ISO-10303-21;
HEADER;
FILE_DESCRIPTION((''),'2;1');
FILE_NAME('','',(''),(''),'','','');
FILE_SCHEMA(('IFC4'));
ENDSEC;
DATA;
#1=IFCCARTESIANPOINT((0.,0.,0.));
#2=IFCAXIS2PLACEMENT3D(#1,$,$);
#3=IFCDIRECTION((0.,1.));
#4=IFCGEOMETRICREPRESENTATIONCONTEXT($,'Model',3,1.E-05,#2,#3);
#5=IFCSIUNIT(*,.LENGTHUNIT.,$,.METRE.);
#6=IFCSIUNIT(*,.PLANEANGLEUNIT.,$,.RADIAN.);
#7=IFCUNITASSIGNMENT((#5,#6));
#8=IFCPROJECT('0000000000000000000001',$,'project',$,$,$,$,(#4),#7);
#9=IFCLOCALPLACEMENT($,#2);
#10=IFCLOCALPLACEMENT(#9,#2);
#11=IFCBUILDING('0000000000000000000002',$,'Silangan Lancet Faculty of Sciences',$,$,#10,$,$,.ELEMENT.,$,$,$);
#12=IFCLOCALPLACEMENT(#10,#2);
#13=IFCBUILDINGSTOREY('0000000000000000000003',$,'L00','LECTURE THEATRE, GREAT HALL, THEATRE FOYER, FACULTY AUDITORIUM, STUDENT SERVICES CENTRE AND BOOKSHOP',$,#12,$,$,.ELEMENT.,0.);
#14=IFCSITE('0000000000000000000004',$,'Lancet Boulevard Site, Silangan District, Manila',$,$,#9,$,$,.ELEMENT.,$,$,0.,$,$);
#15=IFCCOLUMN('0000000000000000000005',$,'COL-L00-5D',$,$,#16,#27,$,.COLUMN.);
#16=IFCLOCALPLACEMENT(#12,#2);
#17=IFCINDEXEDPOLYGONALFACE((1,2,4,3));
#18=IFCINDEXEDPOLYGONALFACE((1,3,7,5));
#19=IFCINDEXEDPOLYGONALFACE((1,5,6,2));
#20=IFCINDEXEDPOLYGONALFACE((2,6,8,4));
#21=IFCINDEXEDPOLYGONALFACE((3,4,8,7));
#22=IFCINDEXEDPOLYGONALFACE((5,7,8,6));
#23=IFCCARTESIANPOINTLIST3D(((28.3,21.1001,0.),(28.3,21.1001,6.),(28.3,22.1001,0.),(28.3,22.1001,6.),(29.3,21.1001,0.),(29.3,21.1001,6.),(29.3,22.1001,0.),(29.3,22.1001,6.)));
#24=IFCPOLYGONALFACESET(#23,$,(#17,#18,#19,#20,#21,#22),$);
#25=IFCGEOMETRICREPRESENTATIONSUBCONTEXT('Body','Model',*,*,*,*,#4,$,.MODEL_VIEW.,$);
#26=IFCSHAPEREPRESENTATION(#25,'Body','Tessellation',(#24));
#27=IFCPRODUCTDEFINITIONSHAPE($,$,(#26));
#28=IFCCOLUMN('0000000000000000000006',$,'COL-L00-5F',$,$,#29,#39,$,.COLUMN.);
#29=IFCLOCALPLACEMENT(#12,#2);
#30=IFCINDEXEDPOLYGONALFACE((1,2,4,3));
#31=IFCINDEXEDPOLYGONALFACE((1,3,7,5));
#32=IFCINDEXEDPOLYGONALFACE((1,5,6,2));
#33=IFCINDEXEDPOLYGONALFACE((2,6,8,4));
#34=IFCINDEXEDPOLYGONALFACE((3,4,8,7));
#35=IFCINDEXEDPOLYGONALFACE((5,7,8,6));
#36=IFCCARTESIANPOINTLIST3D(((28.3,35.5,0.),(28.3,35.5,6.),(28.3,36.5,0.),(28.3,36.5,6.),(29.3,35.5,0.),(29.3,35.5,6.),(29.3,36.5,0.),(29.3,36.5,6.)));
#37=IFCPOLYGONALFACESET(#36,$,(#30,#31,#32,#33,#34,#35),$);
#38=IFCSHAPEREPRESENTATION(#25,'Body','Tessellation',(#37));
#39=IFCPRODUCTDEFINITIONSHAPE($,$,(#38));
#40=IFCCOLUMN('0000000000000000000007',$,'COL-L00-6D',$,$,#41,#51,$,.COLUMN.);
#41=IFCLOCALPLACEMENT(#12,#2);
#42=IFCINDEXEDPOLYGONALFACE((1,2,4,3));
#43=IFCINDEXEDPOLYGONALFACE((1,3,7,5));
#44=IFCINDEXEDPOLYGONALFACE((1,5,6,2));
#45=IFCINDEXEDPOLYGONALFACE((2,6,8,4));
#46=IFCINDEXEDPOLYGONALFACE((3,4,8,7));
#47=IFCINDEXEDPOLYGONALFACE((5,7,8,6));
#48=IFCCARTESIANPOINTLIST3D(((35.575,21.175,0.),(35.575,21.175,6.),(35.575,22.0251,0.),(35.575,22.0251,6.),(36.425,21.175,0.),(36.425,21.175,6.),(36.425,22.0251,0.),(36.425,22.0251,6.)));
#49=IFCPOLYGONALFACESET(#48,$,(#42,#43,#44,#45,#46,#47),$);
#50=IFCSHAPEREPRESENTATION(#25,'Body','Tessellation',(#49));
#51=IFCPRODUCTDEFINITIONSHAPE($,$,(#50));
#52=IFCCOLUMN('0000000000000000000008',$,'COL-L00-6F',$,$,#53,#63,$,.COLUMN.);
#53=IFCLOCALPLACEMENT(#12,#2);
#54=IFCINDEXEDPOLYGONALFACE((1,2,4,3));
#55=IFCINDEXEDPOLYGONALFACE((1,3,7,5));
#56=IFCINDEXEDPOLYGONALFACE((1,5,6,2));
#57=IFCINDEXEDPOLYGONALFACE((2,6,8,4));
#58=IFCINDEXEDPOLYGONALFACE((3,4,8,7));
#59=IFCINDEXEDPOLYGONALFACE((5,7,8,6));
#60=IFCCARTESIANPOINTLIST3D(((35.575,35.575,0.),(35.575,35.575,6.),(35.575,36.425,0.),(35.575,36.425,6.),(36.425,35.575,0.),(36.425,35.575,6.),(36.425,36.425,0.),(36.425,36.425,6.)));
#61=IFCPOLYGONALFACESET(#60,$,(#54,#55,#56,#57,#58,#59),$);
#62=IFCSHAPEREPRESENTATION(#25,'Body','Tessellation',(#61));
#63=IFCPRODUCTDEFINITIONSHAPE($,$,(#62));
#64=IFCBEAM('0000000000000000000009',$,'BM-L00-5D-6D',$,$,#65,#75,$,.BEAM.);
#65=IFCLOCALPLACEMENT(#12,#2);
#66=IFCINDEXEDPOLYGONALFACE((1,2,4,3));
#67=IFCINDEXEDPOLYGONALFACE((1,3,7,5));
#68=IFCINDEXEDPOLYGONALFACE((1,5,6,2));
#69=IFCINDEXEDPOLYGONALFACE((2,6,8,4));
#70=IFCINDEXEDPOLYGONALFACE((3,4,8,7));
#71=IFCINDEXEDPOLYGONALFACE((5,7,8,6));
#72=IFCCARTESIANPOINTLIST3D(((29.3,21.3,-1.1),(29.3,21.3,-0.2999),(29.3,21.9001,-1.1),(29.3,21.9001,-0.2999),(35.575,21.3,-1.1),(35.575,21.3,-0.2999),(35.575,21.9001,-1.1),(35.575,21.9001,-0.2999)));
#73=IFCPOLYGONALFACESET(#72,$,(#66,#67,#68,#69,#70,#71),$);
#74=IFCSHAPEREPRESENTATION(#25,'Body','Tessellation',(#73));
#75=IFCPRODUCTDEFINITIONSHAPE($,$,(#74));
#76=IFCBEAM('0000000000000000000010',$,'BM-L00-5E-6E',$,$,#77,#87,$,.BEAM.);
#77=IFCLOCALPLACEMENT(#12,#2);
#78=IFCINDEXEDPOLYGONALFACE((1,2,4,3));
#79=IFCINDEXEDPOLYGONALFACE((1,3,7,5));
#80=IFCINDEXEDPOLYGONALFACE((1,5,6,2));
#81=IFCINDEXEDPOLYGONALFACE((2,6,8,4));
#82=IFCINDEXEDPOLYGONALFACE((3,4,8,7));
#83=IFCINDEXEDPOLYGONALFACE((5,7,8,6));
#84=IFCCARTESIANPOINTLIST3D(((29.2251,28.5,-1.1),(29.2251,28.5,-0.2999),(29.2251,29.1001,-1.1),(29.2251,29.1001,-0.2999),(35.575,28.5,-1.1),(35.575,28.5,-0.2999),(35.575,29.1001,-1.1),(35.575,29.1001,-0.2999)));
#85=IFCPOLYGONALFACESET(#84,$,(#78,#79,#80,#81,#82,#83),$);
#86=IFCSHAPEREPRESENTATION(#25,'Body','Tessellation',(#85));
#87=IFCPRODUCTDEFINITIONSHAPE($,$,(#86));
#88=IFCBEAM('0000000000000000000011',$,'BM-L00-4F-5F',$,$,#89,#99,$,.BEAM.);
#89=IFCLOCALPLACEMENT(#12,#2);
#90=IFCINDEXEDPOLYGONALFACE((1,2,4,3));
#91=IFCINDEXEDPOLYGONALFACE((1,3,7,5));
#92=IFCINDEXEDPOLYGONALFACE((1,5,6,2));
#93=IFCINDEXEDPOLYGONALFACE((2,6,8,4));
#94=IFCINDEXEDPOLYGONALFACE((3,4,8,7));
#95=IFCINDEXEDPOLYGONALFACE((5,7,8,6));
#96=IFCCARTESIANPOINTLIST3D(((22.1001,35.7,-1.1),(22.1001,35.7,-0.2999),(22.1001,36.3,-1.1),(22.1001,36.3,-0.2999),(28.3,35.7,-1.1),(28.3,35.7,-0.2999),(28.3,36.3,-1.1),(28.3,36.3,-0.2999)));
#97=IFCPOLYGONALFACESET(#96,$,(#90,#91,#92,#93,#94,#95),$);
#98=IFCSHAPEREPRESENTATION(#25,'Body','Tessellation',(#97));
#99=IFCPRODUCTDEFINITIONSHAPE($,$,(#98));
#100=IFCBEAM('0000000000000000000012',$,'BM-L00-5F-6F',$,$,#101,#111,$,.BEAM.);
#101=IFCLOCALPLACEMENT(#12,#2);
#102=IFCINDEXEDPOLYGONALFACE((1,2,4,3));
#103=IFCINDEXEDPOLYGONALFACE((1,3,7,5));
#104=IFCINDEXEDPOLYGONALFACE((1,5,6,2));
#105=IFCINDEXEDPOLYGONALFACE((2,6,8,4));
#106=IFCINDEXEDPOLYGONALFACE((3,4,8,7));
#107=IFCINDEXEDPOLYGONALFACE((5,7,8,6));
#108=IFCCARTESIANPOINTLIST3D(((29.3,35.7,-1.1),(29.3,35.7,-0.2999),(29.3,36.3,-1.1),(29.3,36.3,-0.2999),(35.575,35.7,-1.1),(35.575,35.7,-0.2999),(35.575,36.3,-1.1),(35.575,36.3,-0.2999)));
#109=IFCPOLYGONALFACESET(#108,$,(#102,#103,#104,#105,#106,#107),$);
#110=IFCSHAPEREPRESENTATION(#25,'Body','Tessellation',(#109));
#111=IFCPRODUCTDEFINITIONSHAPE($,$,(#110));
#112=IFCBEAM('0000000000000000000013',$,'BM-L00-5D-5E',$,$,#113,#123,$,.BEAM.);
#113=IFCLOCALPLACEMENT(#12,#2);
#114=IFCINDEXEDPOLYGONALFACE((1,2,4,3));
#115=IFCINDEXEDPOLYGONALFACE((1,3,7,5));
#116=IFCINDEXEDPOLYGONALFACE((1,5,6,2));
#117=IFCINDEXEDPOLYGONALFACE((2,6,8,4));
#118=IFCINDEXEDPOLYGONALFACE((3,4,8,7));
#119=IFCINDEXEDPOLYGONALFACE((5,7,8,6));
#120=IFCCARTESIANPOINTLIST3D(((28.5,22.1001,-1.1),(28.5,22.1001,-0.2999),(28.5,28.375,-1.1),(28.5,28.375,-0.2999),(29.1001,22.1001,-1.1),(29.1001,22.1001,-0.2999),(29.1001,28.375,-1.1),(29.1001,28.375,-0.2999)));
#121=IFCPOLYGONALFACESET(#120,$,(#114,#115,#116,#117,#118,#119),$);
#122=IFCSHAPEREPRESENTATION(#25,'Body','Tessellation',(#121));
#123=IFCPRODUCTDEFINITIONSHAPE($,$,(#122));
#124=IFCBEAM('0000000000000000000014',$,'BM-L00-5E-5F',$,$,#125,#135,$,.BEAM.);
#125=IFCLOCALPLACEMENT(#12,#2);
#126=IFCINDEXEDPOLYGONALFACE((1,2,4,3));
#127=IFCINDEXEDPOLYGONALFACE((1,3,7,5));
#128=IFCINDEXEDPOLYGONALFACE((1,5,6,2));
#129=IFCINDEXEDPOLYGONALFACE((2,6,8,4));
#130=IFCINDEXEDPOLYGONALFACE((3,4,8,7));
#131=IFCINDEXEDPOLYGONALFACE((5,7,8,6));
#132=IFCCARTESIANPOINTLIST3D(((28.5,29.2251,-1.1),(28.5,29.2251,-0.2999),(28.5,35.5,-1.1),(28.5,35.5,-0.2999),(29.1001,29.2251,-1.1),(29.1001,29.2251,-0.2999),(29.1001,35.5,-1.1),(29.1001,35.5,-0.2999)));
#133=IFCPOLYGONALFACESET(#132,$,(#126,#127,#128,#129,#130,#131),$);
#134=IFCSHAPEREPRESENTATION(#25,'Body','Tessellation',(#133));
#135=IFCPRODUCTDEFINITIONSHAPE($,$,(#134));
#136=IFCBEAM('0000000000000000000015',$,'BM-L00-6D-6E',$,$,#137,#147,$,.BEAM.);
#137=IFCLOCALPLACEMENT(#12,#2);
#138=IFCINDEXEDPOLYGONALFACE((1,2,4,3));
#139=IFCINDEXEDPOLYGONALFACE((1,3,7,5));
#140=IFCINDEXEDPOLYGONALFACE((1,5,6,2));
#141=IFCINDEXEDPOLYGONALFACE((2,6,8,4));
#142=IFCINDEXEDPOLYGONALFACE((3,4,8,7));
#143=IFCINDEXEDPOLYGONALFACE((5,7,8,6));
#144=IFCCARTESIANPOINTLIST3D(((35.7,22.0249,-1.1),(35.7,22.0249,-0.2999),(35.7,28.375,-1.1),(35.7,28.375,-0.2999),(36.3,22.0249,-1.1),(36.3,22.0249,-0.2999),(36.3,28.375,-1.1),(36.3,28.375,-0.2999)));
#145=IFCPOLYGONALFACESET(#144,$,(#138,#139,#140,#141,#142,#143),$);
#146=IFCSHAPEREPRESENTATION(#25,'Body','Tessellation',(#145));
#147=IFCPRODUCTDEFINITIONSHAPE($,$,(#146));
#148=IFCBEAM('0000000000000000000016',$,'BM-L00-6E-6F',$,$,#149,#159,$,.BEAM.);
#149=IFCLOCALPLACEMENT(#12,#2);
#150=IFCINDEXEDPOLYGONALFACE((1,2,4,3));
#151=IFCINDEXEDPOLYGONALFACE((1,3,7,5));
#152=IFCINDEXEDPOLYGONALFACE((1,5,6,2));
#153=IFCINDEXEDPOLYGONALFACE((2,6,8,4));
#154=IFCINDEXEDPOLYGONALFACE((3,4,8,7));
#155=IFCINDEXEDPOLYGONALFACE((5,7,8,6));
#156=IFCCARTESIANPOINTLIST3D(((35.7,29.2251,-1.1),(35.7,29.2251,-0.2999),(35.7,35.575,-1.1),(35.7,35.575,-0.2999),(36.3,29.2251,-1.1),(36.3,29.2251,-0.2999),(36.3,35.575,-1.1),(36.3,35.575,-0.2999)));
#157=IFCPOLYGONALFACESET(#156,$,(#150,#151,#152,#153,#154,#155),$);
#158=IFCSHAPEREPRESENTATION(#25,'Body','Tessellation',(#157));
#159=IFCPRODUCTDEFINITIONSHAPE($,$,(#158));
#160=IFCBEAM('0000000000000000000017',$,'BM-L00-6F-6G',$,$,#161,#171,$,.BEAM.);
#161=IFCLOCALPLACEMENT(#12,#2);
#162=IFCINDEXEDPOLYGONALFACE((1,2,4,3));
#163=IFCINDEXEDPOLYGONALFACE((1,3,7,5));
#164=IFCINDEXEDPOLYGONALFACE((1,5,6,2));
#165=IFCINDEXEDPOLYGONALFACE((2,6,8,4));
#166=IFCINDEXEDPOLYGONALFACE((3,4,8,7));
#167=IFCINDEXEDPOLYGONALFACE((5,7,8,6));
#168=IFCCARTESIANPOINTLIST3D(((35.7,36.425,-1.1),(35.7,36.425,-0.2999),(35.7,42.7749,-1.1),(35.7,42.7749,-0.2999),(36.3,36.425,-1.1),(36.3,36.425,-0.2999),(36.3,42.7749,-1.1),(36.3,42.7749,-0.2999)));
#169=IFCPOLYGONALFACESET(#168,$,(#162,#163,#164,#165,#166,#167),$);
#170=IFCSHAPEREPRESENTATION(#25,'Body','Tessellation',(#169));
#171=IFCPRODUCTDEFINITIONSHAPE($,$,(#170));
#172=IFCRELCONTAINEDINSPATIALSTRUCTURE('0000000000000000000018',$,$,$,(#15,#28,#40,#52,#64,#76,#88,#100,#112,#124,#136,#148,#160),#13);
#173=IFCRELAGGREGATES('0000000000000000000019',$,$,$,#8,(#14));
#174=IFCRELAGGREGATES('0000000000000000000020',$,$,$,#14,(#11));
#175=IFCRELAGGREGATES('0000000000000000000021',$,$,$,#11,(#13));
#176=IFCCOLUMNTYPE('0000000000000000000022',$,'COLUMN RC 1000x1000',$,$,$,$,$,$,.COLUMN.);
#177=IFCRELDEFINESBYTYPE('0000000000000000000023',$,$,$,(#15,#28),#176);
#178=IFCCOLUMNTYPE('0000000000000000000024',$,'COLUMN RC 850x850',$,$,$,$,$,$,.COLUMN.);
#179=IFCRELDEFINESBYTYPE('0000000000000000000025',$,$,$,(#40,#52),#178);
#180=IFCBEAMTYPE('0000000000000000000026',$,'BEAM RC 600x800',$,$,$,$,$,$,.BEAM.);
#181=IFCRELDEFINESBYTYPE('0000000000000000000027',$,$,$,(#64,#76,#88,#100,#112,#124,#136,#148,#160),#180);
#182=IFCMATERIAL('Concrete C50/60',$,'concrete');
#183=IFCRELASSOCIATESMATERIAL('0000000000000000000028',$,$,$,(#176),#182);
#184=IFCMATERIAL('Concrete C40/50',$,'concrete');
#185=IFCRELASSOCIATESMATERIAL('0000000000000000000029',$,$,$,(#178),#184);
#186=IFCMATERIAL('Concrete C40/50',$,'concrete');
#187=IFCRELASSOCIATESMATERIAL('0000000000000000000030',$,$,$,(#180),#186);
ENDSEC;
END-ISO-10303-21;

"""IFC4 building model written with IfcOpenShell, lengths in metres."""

from ifc_helpers import new_model, si_unit, direction, frame, origin, origin_2d, place, context, subcontext, project, spatial, rectangle, extrude, material, material_profile, profile_set, type_object, element, save


model = new_model("IFC4")

# Units and contexts
model_context = context("Model", 3, precision=1e-05, world=origin(), true_north=direction((0.0, 1.0)))
body_context = subcontext(model_context, "Body", "Model", "MODEL_VIEW")
ifc_project = project(units=[si_unit("LENGTHUNIT", "METRE"), si_unit("PLANEANGLEUNIT", "RADIAN")], contexts=[model_context])

# Site, building, storey
site_placement = place(None, origin())
site = spatial("IfcSite", under=ifc_project, at=site_placement, Name="Lancet Boulevard Site, Silangan District, Manila", CompositionType="ELEMENT", RefElevation=0.0)
building_placement = place(site_placement, origin())
building = spatial("IfcBuilding", under=site, at=building_placement, Name="Silangan Lancet Faculty of Sciences", CompositionType="ELEMENT")
storey_placement = place(building_placement, origin())
storey = spatial("IfcBuildingStorey", under=building, at=storey_placement, Name="L00", Description="LECTURE THEATRE, GREAT HALL, THEATRE FOYER, FACULTY AUDITORIUM, STUDENT SERVICES CENTRE AND BOOKSHOP", CompositionType="ELEMENT", Elevation=0.0)

# Columns
ifc_material_1 = material(Name="Concrete C50/60", Category="concrete")
ifc_material_profile_1 = material_profile(ifc_material_1, rectangle(XDim=1.0, YDim=1.0, at=origin_2d()), Name="RC 1000x1000")
ifc_profile_set_1 = profile_set([ifc_material_profile_1], Name="Concrete C50/60")
column_type_1 = type_object("IfcColumnType", Name="COLUMN RC 1000x1000", PredefinedType="COLUMN", material=ifc_profile_set_1)
for number, where, z_axis, x_axis, name in (
    (1, (28.8, 21.6001, 0.0), (0.0, 0.0, 1.0), (1.0, 0.0, 0.0), "COL-L00-5D"),
    (2, (28.8, 36.0, 0.0), (0.0, 0.0, 1.0), (1.0, 0.0, 0.0), "COL-L00-5F"),
):
    element("IfcColumn", number, at=place(storey_placement, frame(where, z_axis=z_axis, x_axis=x_axis)), inside=storey, type_object=column_type_1, Name=name, PredefinedType="COLUMN", context=body_context, shape_type="SweptSolid", body=[
        extrude(rectangle(XDim=1.0, YDim=1.0, at=origin_2d()), origin(), (0.0, 0.0, 1.0), 6.0),
    ])
ifc_material_2 = material(Name="Concrete C40/50", Category="concrete")
ifc_material_profile_2 = material_profile(ifc_material_2, rectangle(XDim=0.8501, YDim=0.8501, at=origin_2d()), Name="RC 850x850")
ifc_profile_set_2 = profile_set([ifc_material_profile_2], Name="Concrete C40/50")
column_type_2 = type_object("IfcColumnType", Name="COLUMN RC 850x850", PredefinedType="COLUMN", material=ifc_profile_set_2)
for number, where, z_axis, x_axis, name in (
    (3, (36.0, 21.6001, 0.0), (0.0, 0.0, 1.0), (1.0, 0.0, 0.0), "COL-L00-6D"),
    (4, (36.0, 36.0, 0.0), (0.0, 0.0, 1.0), (1.0, 0.0, 0.0), "COL-L00-6F"),
):
    element("IfcColumn", number, at=place(storey_placement, frame(where, z_axis=z_axis, x_axis=x_axis)), inside=storey, type_object=column_type_2, Name=name, PredefinedType="COLUMN", context=body_context, shape_type="SweptSolid", body=[
        extrude(rectangle(XDim=0.8501, YDim=0.8501, at=origin_2d()), origin(), (0.0, 0.0, 1.0), 6.0),
    ])

# Beams
ifc_material_3 = material(Name="Concrete C40/50", Category="concrete")
ifc_material_profile_3 = material_profile(ifc_material_3, rectangle(XDim=0.6001, YDim=0.8, at=origin_2d()), Name="RC 600x800")
ifc_profile_set_3 = profile_set([ifc_material_profile_3], Name="Concrete C40/50")
beam_type = type_object("IfcBeamType", Name="BEAM RC 600x800", PredefinedType="BEAM", material=ifc_profile_set_3)
beam_1_placement = place(storey_placement, frame((29.3, 21.6001, -0.7), z_axis=(1.0, 0.0, 0.0), x_axis=(0.0, 1.0, 0.0)))
element("IfcBeam", 5, at=beam_1_placement, inside=storey, type_object=beam_type, Name="BM-L00-5D-6D", PredefinedType="BEAM", context=body_context, shape_type="SweptSolid", body=[
    extrude(rectangle(XDim=0.6001, YDim=0.8, at=origin_2d()), origin(), (0.0, 0.0, 1.0), 6.2749),
])
beam_2_placement = place(storey_placement, frame((29.2251, 28.8, -0.7), z_axis=(1.0, 0.0, 0.0), x_axis=(0.0, 1.0, 0.0)))
element("IfcBeam", 6, at=beam_2_placement, inside=storey, type_object=beam_type, Name="BM-L00-5E-6E", PredefinedType="BEAM", context=body_context, shape_type="SweptSolid", body=[
    extrude(rectangle(XDim=0.6001, YDim=0.8, at=origin_2d()), origin(), (0.0, 0.0, 1.0), 6.3499),
])
beam_3_placement = place(storey_placement, frame((22.1001, 36.0, -0.7), z_axis=(1.0, 0.0, 0.0), x_axis=(0.0, 1.0, 0.0)))
element("IfcBeam", 7, at=beam_3_placement, inside=storey, type_object=beam_type, Name="BM-L00-4F-5F", PredefinedType="BEAM", context=body_context, shape_type="SweptSolid", body=[
    extrude(rectangle(XDim=0.6001, YDim=0.8, at=origin_2d()), origin(), (0.0, 0.0, 1.0), 6.2),
])
for number, where, z_axis, x_axis, name in (
    (8, (29.3, 36.0, -0.7), (1.0, 0.0, 0.0), (0.0, 1.0, 0.0), "BM-L00-5F-6F"),
    (9, (28.8, 22.1001, -0.7), (0.0, 1.0, 0.0), (-1.0, 0.0, 0.0), "BM-L00-5D-5E"),
    (10, (28.8, 29.2251, -0.7), (0.0, 1.0, 0.0), (-1.0, 0.0, 0.0), "BM-L00-5E-5F"),
):
    element("IfcBeam", number, at=place(storey_placement, frame(where, z_axis=z_axis, x_axis=x_axis)), inside=storey, type_object=beam_type, Name=name, PredefinedType="BEAM", context=body_context, shape_type="SweptSolid", body=[
        extrude(rectangle(XDim=0.6001, YDim=0.8, at=origin_2d()), origin(), (0.0, 0.0, 1.0), 6.2749),
    ])
beam_4_placement = place(storey_placement, frame((36.0, 22.0249, -0.7), z_axis=(0.0, 1.0, 0.0), x_axis=(-1.0, 0.0, 0.0)))
element("IfcBeam", 11, at=beam_4_placement, inside=storey, type_object=beam_type, Name="BM-L00-6D-6E", PredefinedType="BEAM", context=body_context, shape_type="SweptSolid", body=[
    extrude(rectangle(XDim=0.6001, YDim=0.8, at=origin_2d()), origin(), (0.0, 0.0, 1.0), 6.3501),
])
for number, where, z_axis, x_axis, name in (
    (12, (36.0, 29.2251, -0.7), (0.0, 1.0, 0.0), (-1.0, 0.0, 0.0), "BM-L00-6E-6F"),
    (13, (36.0, 36.425, -0.7), (0.0, 1.0, 0.0), (-1.0, 0.0, 0.0), "BM-L00-6F-6G"),
):
    element("IfcBeam", number, at=place(storey_placement, frame(where, z_axis=z_axis, x_axis=x_axis)), inside=storey, type_object=beam_type, Name=name, PredefinedType="BEAM", context=body_context, shape_type="SweptSolid", body=[
        extrude(rectangle(XDim=0.6001, YDim=0.8, at=origin_2d()), origin(), (0.0, 0.0, 1.0), 6.3499),
    ])

save(model, "model.ifc")
